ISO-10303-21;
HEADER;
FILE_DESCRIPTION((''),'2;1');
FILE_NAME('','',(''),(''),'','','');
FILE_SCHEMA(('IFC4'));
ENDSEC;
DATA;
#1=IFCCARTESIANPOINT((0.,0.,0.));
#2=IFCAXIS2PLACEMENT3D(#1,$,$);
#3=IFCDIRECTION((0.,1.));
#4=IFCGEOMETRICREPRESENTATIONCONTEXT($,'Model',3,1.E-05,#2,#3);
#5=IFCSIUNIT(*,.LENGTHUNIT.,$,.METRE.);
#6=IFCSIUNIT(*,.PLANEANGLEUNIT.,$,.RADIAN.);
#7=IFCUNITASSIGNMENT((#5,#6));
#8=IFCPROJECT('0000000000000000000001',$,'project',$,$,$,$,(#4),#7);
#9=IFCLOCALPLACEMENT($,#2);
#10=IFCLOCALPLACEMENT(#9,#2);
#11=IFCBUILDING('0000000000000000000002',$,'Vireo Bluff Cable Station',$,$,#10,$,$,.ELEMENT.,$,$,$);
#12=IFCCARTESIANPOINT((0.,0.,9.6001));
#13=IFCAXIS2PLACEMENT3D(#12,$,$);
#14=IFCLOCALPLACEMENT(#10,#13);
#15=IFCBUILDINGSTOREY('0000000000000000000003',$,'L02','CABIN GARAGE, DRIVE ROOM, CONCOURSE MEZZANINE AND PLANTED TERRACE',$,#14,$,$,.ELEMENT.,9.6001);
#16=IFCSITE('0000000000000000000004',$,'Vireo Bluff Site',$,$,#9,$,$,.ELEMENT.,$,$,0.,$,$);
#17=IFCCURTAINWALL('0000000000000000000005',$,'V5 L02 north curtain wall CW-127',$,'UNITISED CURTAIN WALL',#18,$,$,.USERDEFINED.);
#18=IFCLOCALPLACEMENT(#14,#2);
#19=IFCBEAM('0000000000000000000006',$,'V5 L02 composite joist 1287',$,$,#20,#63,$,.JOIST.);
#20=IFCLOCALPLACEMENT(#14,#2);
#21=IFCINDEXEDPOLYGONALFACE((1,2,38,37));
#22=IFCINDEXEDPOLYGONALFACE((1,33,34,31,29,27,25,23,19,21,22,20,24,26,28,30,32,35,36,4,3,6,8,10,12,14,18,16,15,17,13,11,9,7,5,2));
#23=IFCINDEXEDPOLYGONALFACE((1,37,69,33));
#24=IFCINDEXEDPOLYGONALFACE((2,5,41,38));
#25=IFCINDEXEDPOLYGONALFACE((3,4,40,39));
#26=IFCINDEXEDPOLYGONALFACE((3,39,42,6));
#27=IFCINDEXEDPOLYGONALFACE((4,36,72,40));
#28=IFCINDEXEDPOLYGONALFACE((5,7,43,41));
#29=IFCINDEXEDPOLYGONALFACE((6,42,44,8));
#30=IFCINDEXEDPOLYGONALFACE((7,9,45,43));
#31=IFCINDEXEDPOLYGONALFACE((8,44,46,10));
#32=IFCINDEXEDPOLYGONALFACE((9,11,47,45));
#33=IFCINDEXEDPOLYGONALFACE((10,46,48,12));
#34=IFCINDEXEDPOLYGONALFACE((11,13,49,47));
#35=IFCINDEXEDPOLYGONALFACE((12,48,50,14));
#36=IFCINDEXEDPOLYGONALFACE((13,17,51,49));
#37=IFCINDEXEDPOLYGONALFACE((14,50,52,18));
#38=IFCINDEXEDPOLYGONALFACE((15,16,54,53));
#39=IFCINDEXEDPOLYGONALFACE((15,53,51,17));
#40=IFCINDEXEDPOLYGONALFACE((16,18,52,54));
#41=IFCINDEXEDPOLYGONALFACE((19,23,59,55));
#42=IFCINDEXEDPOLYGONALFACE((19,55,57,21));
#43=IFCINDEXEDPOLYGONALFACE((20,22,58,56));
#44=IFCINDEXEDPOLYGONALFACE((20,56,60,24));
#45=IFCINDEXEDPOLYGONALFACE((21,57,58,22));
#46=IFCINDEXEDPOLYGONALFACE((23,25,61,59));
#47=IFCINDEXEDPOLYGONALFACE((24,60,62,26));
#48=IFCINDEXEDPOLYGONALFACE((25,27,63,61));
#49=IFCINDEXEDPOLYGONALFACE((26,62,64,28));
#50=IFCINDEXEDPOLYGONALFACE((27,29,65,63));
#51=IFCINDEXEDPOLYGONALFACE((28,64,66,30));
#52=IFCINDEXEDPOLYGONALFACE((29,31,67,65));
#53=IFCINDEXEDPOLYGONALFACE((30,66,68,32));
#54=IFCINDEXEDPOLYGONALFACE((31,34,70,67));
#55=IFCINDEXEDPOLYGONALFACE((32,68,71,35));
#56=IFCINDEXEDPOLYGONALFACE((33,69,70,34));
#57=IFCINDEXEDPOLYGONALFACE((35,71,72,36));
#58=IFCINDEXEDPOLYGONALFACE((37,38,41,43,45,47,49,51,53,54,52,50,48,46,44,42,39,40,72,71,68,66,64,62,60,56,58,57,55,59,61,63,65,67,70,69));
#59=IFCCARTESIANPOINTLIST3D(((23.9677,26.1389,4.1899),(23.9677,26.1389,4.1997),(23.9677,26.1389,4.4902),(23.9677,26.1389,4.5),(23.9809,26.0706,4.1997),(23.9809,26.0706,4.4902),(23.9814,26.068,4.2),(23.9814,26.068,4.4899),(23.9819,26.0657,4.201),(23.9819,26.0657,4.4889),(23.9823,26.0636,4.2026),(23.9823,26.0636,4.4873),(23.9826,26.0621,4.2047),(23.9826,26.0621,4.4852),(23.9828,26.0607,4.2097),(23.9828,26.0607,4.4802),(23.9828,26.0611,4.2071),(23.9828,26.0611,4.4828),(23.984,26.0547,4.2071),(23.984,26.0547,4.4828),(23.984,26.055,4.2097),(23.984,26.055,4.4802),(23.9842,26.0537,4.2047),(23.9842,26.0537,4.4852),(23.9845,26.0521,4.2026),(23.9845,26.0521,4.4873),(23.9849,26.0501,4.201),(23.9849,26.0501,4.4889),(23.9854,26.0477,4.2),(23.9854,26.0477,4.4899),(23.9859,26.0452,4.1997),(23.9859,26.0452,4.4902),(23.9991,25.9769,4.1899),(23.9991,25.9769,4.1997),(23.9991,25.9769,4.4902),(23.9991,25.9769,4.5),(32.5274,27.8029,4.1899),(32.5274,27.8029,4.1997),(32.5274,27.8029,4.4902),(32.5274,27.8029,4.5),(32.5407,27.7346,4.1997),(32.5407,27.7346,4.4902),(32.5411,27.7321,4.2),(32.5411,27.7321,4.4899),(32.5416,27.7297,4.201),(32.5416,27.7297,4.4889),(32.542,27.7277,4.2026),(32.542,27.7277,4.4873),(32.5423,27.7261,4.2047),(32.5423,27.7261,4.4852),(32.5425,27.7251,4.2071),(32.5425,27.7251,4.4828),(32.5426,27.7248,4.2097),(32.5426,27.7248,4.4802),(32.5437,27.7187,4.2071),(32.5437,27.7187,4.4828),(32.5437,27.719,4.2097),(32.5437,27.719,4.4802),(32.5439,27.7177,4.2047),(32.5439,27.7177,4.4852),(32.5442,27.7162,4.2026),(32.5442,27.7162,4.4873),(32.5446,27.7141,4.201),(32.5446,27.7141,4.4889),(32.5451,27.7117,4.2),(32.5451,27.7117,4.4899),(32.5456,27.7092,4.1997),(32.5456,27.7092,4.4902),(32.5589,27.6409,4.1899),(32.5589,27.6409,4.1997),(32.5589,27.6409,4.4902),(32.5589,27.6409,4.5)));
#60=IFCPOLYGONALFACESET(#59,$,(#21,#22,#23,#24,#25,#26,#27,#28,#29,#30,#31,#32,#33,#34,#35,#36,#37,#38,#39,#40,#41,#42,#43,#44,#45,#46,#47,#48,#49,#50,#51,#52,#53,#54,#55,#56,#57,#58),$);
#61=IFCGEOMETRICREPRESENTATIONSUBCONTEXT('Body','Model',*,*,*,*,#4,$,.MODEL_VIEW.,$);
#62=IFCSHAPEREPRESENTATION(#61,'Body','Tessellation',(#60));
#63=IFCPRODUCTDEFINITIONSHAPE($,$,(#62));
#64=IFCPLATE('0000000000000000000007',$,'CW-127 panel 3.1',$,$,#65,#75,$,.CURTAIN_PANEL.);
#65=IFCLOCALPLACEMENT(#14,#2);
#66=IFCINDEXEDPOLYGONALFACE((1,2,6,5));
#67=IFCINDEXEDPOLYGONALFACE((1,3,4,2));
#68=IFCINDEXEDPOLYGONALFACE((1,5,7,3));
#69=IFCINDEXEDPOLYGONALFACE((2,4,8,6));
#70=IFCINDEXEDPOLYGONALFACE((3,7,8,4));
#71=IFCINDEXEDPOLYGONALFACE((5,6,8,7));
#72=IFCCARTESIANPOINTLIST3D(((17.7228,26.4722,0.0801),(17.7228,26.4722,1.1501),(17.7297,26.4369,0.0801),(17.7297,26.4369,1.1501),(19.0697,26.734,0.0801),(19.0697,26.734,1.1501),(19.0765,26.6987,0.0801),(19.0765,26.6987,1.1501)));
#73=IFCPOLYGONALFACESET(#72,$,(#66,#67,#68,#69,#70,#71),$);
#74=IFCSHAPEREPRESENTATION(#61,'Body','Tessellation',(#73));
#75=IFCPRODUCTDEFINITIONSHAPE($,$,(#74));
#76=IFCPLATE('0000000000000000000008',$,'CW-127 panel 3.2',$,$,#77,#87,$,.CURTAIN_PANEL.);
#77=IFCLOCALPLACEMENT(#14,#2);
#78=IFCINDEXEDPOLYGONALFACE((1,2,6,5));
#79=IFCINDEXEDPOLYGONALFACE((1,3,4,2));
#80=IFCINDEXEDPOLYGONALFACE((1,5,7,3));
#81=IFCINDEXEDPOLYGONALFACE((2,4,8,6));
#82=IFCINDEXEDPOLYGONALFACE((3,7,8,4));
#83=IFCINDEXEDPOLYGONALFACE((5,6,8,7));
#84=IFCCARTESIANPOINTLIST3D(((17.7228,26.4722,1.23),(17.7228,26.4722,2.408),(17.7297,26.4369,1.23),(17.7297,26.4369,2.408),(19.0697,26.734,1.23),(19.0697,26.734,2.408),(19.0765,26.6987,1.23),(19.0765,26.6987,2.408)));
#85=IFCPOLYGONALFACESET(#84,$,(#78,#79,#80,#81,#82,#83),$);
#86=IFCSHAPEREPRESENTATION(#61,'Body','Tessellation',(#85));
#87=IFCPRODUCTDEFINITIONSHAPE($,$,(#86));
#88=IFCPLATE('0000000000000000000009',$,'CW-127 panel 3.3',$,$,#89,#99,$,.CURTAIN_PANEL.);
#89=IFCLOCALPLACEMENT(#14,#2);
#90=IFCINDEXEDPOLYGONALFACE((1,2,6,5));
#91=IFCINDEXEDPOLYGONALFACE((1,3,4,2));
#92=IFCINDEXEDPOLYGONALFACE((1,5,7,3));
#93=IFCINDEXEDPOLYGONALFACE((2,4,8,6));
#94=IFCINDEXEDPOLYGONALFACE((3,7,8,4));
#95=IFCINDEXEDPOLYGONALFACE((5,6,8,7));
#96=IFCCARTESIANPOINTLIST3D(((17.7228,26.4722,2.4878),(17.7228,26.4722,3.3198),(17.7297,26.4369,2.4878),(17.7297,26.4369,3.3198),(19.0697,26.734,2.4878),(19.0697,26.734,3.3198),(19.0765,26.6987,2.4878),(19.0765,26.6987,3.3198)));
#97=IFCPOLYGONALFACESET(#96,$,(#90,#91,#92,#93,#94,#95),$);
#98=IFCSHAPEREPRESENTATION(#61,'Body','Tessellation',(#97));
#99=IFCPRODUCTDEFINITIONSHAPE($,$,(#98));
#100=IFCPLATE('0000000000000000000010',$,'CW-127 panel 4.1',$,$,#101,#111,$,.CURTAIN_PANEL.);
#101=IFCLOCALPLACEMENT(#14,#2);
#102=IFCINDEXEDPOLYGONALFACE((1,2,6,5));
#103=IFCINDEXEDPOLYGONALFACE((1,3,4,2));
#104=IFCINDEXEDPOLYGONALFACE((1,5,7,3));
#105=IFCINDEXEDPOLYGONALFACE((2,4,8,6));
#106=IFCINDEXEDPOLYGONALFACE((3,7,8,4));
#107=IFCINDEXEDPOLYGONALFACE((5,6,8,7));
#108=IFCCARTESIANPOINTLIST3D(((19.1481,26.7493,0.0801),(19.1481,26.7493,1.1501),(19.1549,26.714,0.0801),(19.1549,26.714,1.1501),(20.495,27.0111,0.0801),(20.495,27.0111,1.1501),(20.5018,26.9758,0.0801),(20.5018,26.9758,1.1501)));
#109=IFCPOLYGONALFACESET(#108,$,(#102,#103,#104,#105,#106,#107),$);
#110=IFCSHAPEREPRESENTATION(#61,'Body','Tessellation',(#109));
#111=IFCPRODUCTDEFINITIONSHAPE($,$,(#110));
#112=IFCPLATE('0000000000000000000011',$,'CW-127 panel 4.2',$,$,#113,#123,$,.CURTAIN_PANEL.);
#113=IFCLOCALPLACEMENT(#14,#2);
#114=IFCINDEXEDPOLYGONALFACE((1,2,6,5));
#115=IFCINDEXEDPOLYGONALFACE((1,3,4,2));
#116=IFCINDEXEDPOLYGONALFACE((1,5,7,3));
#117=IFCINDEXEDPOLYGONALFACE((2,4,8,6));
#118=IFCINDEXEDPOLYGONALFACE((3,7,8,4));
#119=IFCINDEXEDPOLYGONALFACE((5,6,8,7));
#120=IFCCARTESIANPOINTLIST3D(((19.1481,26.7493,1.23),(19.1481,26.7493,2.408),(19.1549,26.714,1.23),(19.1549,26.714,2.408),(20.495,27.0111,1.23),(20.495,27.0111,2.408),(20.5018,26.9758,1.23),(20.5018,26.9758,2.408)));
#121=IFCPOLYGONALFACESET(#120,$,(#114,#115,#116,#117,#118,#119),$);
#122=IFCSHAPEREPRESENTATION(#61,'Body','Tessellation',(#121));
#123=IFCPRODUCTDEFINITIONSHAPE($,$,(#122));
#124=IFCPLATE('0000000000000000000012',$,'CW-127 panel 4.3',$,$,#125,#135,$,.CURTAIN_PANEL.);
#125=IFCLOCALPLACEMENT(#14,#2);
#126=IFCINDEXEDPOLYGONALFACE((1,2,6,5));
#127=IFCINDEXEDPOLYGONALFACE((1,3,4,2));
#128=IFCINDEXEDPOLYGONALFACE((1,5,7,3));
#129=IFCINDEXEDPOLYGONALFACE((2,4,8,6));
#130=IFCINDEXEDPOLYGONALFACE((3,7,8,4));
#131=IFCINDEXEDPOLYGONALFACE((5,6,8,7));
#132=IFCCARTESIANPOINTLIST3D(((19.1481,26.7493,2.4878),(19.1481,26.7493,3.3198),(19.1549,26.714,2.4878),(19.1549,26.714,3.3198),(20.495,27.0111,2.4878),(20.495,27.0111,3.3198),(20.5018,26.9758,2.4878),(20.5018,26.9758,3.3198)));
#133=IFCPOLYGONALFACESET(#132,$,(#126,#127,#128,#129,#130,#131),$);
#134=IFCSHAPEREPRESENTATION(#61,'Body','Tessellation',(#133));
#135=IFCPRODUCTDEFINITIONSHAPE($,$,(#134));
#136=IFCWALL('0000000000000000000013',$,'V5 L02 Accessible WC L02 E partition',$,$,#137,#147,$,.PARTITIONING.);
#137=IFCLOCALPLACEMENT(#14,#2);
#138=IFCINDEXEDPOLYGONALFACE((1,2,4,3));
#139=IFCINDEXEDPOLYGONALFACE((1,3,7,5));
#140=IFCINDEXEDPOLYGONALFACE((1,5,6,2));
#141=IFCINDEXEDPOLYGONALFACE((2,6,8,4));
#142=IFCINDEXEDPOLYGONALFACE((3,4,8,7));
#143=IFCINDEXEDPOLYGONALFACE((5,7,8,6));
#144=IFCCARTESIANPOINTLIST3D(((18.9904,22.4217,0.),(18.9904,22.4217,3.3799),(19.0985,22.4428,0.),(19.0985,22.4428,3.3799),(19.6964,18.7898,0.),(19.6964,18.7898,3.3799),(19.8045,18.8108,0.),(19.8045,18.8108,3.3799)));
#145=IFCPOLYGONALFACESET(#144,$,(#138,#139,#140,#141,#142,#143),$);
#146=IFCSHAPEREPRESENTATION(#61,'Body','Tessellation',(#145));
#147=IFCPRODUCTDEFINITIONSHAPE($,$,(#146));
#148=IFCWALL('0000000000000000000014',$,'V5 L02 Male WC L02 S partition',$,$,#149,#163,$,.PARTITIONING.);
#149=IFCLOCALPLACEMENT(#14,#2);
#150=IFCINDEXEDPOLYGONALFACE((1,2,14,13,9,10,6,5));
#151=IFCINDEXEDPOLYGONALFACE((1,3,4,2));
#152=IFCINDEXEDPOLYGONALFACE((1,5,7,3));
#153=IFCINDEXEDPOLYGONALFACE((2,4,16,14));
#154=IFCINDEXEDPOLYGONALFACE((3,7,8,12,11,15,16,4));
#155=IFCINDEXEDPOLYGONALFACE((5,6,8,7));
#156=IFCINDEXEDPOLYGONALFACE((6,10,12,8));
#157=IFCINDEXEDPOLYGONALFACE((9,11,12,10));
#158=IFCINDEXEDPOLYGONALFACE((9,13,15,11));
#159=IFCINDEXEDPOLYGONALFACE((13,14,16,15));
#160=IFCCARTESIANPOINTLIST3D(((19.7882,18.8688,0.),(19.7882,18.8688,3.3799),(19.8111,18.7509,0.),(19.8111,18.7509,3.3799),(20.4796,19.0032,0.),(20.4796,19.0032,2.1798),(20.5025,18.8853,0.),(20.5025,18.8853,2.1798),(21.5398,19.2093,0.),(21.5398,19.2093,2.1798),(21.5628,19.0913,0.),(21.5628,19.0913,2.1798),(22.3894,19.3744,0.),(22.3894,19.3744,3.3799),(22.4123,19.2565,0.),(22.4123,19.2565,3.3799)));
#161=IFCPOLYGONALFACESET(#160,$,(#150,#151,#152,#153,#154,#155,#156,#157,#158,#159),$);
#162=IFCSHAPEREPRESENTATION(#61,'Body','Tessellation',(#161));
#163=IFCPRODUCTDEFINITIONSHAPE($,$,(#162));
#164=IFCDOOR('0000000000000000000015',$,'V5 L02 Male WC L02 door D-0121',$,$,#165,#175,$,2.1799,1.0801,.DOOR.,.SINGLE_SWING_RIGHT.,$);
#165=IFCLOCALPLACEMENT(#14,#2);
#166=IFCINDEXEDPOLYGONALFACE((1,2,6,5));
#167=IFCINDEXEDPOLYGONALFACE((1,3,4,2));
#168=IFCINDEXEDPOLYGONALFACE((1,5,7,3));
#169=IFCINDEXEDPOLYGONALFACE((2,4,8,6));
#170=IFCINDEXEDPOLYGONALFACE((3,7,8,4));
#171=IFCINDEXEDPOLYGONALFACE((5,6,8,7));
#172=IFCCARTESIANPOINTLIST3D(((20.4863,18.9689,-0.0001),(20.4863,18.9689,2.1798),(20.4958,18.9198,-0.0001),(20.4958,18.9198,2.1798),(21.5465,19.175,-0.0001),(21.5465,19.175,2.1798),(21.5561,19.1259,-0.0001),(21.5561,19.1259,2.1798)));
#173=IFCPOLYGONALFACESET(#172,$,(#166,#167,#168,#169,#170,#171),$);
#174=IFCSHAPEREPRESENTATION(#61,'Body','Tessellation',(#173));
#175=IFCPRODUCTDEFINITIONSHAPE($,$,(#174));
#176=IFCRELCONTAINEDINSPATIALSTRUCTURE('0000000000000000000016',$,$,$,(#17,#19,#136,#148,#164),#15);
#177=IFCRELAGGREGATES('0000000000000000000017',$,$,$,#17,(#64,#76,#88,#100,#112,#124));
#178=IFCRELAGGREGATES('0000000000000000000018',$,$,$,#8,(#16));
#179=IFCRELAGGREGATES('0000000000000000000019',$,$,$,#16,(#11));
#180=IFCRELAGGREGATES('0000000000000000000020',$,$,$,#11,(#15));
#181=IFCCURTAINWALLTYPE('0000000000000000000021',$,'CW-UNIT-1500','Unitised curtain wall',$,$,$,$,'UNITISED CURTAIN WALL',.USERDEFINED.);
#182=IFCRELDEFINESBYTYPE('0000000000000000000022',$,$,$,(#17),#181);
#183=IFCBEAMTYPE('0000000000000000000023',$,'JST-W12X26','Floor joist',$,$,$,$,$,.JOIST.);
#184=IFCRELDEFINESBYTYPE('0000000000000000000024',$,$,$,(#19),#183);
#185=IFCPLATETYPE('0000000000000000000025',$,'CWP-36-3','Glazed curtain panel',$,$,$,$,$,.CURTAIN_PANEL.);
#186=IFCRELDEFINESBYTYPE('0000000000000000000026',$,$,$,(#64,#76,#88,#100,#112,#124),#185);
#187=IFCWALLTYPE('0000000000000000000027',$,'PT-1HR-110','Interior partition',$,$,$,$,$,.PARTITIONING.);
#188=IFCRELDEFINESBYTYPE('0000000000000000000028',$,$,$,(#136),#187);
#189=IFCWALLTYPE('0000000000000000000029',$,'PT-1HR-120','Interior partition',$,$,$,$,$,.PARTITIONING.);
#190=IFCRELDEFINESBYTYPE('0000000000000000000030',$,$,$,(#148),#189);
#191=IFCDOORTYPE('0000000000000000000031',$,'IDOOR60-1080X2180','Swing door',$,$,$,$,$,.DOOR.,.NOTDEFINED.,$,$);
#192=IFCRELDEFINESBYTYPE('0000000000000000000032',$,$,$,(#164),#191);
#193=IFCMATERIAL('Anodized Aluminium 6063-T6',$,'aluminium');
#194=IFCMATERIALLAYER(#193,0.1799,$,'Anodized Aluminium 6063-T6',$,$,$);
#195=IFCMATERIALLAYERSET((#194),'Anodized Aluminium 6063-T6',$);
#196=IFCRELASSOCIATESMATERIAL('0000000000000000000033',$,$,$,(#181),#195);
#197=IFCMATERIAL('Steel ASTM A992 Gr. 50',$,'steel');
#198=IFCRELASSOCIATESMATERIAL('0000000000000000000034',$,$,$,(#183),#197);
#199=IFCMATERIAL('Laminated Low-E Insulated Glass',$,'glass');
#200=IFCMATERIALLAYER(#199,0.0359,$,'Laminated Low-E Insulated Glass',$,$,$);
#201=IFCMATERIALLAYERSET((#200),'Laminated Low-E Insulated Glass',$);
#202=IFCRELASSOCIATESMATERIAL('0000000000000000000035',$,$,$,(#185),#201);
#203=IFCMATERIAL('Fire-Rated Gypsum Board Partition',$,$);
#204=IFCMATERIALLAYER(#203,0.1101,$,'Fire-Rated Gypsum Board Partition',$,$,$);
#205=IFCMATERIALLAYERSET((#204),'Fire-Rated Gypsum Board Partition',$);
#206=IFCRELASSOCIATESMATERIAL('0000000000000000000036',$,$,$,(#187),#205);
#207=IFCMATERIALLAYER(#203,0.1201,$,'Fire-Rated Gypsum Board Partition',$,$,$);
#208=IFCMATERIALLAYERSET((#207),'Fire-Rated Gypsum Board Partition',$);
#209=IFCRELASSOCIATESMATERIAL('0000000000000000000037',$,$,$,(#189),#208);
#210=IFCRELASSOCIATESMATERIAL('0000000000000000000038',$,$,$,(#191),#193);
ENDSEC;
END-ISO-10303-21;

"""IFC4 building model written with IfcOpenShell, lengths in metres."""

from ifc_helpers import new_model, si_unit, direction, frame, frame_2d, origin, origin_with_axes, origin_2d, place, context, subcontext, project, spatial, rectangle, i_section, extrude, material, layer, layer_set, material_profile, profile_set, type_object, element, fill, aggregate, save


model = new_model("IFC4")

# Units and contexts
model_context = context("Model", 3, precision=1e-05, world=origin(), true_north=direction((0.0, 1.0)))
body_context = subcontext(model_context, "Body", "Model", "MODEL_VIEW")
ifc_project = project(units=[si_unit("LENGTHUNIT", "METRE"), si_unit("PLANEANGLEUNIT", "RADIAN")], contexts=[model_context])

# Site, building, storey
site_placement = place(None, origin())
site = spatial("IfcSite", under=ifc_project, at=site_placement, Name="Vireo Bluff Site", CompositionType="ELEMENT", RefElevation=0.0)
building_placement = place(site_placement, origin())
building = spatial("IfcBuilding", under=site, at=building_placement, Name="Vireo Bluff Cable Station", CompositionType="ELEMENT")
storey_placement = place(building_placement, frame((0.0, 0.0, 9.6001)))
storey = spatial("IfcBuildingStorey", under=building, at=storey_placement, Name="L02", Description="CABIN GARAGE, DRIVE ROOM, CONCOURSE MEZZANINE AND PLANTED TERRACE", CompositionType="ELEMENT", Elevation=9.6001)

# Curtain wall
ifc_material_1 = material(Name="Anodized Aluminium 6063-T6", Category="aluminium")
ifc_layer_1 = layer(ifc_material_1, 0.1799, Name="Anodized Aluminium 6063-T6")
ifc_layer_set_1 = layer_set([ifc_layer_1], Name="Anodized Aluminium 6063-T6")
curtain_wall_type = type_object("IfcCurtainWallType", Name="CW-UNIT-1500", Description="Unitised curtain wall", ElementType="UNITISED CURTAIN WALL", PredefinedType="USERDEFINED", material=ifc_layer_set_1)
curtain_wall_placement = place(storey_placement, origin())
curtain_wall = element("IfcCurtainWall", 1, at=curtain_wall_placement, inside=storey, type_object=curtain_wall_type, Name="V5 L02 north curtain wall CW-127", ObjectType="UNITISED CURTAIN WALL", PredefinedType="USERDEFINED")

# Beam
ifc_material_2 = material(Name="Steel ASTM A992 Gr. 50", Category="steel")
ifc_material_profile_1 = material_profile(ifc_material_2, i_section(OverallWidth=0.165, OverallDepth=0.3101, WebThickness=0.0059, FlangeThickness=0.0098, FilletRadius=0.01, at=origin_2d()), Name="W12X26")
ifc_profile_set_1 = profile_set([ifc_material_profile_1], Name="Steel ASTM A992 Gr. 50")
beam_type_1 = type_object("IfcBeamType", Name="JST-W12X26", Description="Floor joist", PredefinedType="JOIST", material=ifc_profile_set_1)
beam_1_placement = place(storey_placement, frame((23.9834, 26.0579, 4.345), z_axis=(0.981623, 0.190831, 0.0), x_axis=(-0.190831, 0.981623, 0.0)))
element("IfcBeam", 2, at=beam_1_placement, inside=storey, type_object=beam_type_1, Name="V5 L02 composite joist 1287", PredefinedType="JOIST", context=body_context, shape_type="SweptSolid", body=[
    extrude(i_section(OverallWidth=0.165, OverallDepth=0.3101, WebThickness=0.0059, FlangeThickness=0.0098, FilletRadius=0.01, at=origin_2d()), origin(), (0.0, 0.0, 1.0), 8.72),
])

# Plates
ifc_material_3 = material(Name="Laminated Low-E Insulated Glass", Category="glass")
ifc_layer_2 = layer(ifc_material_3, 0.0359, Name="Laminated Low-E Insulated Glass")
ifc_layer_set_2 = layer_set([ifc_layer_2], Name="Laminated Low-E Insulated Glass")
plate_type = type_object("IfcPlateType", Name="CWP-36-3", Description="Glazed curtain panel", PredefinedType="CURTAIN_PANEL", material=ifc_layer_set_2)
plate_1_placement = place(storey_placement, frame((18.3997, 26.5854, 0.0801), z_axis=(0.0, 0.0, 1.0), x_axis=(0.981627, 0.190809, 0.0)))
plate_1 = element("IfcPlate", 3, at=plate_1_placement, type_object=plate_type, Name="CW-127 panel 3.1", PredefinedType="CURTAIN_PANEL", context=body_context, shape_type="SweptSolid", body=[
    extrude(rectangle(XDim=1.3721, YDim=0.0359, at=origin_2d()), origin(), (0.0, 0.0, 1.0), 1.0701),
])
plate_2_placement = place(storey_placement, frame((18.3997, 26.5854, 1.23), z_axis=(0.0, 0.0, 1.0), x_axis=(0.981627, 0.190809, 0.0)))
plate_2 = element("IfcPlate", 4, at=plate_2_placement, type_object=plate_type, Name="CW-127 panel 3.2", PredefinedType="CURTAIN_PANEL", context=body_context, shape_type="SweptSolid", body=[
    extrude(rectangle(XDim=1.3721, YDim=0.0359, at=origin_2d()), origin(), (0.0, 0.0, 1.0), 1.178),
])
plate_3_placement = place(storey_placement, frame((18.3997, 26.5854, 2.4878), z_axis=(0.0, 0.0, 1.0), x_axis=(0.981627, 0.190809, 0.0)))
plate_3 = element("IfcPlate", 5, at=plate_3_placement, type_object=plate_type, Name="CW-127 panel 3.3", PredefinedType="CURTAIN_PANEL", context=body_context, shape_type="SweptSolid", body=[
    extrude(rectangle(XDim=1.3721, YDim=0.0359, at=origin_2d()), origin(), (0.0, 0.0, 1.0), 0.832),
])
plate_4_placement = place(storey_placement, frame((19.825, 26.8625, 0.0801), z_axis=(0.0, 0.0, 1.0), x_axis=(0.981627, 0.190809, 0.0)))
plate_4 = element("IfcPlate", 6, at=plate_4_placement, type_object=plate_type, Name="CW-127 panel 4.1", PredefinedType="CURTAIN_PANEL", context=body_context, shape_type="SweptSolid", body=[
    extrude(rectangle(XDim=1.3721, YDim=0.0359, at=origin_2d()), origin(), (0.0, 0.0, 1.0), 1.0701),
])
plate_5_placement = place(storey_placement, frame((19.825, 26.8625, 1.23), z_axis=(0.0, 0.0, 1.0), x_axis=(0.981627, 0.190809, 0.0)))
plate_5 = element("IfcPlate", 7, at=plate_5_placement, type_object=plate_type, Name="CW-127 panel 4.2", PredefinedType="CURTAIN_PANEL", context=body_context, shape_type="SweptSolid", body=[
    extrude(rectangle(XDim=1.3721, YDim=0.0359, at=origin_2d()), origin(), (0.0, 0.0, 1.0), 1.178),
])
plate_6_placement = place(storey_placement, frame((19.825, 26.8625, 2.4878), z_axis=(0.0, 0.0, 1.0), x_axis=(0.981627, 0.190809, 0.0)))
plate_6 = element("IfcPlate", 8, at=plate_6_placement, type_object=plate_type, Name="CW-127 panel 4.3", PredefinedType="CURTAIN_PANEL", context=body_context, shape_type="SweptSolid", body=[
    extrude(rectangle(XDim=1.3721, YDim=0.0359, at=origin_2d()), origin(), (0.0, 0.0, 1.0), 0.832),
])
aggregate(curtain_wall, [plate_1, plate_2, plate_3, plate_4, plate_5, plate_6])

# Wall
ifc_material_4 = material(Name="Fire-Rated Gypsum Board Partition")
ifc_layer_3 = layer(ifc_material_4, 0.1101, Name="Fire-Rated Gypsum Board Partition")
ifc_layer_set_3 = layer_set([ifc_layer_3], Name="Fire-Rated Gypsum Board Partition")
wall_type_1 = type_object("IfcWallType", Name="PT-1HR-110", Description="Interior partition", PredefinedType="PARTITIONING", material=ifc_layer_set_3)
wall_1_placement = place(storey_placement, frame((19.0444, 22.4324, 0.0), z_axis=(0.0, 0.0, 1.0), x_axis=(0.190822, -0.981625, 0.0)))
element("IfcWall", 9, at=wall_1_placement, inside=storey, type_object=wall_type_1, Name="V5 L02 Accessible WC L02 E partition", PredefinedType="PARTITIONING", context=body_context, shape_type="SweptSolid", body=[
    extrude(rectangle(XDim=3.7, YDim=0.1101, at=frame_2d((1.8501, 0.0))), origin(), (0.0, 0.0, 1.0), 3.3799),
])

# Wall, opening, door
ifc_layer_4 = layer(ifc_material_4, 0.1201, Name="Fire-Rated Gypsum Board Partition")
ifc_layer_set_4 = layer_set([ifc_layer_4], Name="Fire-Rated Gypsum Board Partition")
wall_type_2 = type_object("IfcWallType", Name="PT-1HR-120", Description="Interior partition", PredefinedType="PARTITIONING", material=ifc_layer_set_4)
wall_2_placement = place(storey_placement, frame((22.4009, 19.3154, 0.0), z_axis=(0.0, 0.0, 1.0), x_axis=(-0.981629, -0.190798, 0.0)))
wall_2 = element("IfcWall", 10, at=wall_2_placement, inside=storey, type_object=wall_type_2, Name="V5 L02 Male WC L02 S partition", PredefinedType="PARTITIONING", context=body_context, shape_type="SweptSolid", body=[
    extrude(rectangle(XDim=2.6499, YDim=0.1201, at=frame_2d((1.325, 0.0))), origin(), (0.0, 0.0, 1.0), 3.3799),
])
opening_1_placement = place(wall_2_placement, frame((0.8655, 0.0, 0.0)))
opening_1 = element("IfcOpeningElement", 11, at=opening_1_placement, cuts=wall_2, PredefinedType="OPENING", context=body_context, shape_type="SweptSolid", body=[
    extrude(rectangle(XDim=1.0801, YDim=2.1799, at=frame_2d((0.54, 1.0898))), frame((0.0, 0.0701, 0.0), z_axis=(0.0, -1.0, 0.0), x_axis=(1.0, 0.0, 0.0)), (0.0, 0.0, 1.0), 0.1401),
])
door_type_1 = type_object("IfcDoorType", Name="IDOOR60-1080X2180", Description="Swing door", OperationType="NOTDEFINED", PredefinedType="DOOR", material=ifc_material_1)
door_1_placement = place(opening_1_placement, origin_with_axes())
door_1 = element("IfcDoor", 12, at=door_1_placement, inside=storey, type_object=door_type_1, Name="V5 L02 Male WC L02 door D-0121", OperationType="SINGLE_SWING_RIGHT", OverallHeight=2.1799, OverallWidth=1.0801, PredefinedType="DOOR", context=body_context, shape_type="SweptSolid", body=[
    extrude(rectangle(XDim=1.0801, YDim=2.1799, at=frame_2d((0.54, 1.0898))), frame((0.0, 0.0249, 0.0), z_axis=(0.0, -1.0, 0.0), x_axis=(1.0, 0.0, 0.0)), (0.0, 0.0, 1.0), 0.05),
])
fill(opening_1, door_1)

save(model, "model.ifc")
